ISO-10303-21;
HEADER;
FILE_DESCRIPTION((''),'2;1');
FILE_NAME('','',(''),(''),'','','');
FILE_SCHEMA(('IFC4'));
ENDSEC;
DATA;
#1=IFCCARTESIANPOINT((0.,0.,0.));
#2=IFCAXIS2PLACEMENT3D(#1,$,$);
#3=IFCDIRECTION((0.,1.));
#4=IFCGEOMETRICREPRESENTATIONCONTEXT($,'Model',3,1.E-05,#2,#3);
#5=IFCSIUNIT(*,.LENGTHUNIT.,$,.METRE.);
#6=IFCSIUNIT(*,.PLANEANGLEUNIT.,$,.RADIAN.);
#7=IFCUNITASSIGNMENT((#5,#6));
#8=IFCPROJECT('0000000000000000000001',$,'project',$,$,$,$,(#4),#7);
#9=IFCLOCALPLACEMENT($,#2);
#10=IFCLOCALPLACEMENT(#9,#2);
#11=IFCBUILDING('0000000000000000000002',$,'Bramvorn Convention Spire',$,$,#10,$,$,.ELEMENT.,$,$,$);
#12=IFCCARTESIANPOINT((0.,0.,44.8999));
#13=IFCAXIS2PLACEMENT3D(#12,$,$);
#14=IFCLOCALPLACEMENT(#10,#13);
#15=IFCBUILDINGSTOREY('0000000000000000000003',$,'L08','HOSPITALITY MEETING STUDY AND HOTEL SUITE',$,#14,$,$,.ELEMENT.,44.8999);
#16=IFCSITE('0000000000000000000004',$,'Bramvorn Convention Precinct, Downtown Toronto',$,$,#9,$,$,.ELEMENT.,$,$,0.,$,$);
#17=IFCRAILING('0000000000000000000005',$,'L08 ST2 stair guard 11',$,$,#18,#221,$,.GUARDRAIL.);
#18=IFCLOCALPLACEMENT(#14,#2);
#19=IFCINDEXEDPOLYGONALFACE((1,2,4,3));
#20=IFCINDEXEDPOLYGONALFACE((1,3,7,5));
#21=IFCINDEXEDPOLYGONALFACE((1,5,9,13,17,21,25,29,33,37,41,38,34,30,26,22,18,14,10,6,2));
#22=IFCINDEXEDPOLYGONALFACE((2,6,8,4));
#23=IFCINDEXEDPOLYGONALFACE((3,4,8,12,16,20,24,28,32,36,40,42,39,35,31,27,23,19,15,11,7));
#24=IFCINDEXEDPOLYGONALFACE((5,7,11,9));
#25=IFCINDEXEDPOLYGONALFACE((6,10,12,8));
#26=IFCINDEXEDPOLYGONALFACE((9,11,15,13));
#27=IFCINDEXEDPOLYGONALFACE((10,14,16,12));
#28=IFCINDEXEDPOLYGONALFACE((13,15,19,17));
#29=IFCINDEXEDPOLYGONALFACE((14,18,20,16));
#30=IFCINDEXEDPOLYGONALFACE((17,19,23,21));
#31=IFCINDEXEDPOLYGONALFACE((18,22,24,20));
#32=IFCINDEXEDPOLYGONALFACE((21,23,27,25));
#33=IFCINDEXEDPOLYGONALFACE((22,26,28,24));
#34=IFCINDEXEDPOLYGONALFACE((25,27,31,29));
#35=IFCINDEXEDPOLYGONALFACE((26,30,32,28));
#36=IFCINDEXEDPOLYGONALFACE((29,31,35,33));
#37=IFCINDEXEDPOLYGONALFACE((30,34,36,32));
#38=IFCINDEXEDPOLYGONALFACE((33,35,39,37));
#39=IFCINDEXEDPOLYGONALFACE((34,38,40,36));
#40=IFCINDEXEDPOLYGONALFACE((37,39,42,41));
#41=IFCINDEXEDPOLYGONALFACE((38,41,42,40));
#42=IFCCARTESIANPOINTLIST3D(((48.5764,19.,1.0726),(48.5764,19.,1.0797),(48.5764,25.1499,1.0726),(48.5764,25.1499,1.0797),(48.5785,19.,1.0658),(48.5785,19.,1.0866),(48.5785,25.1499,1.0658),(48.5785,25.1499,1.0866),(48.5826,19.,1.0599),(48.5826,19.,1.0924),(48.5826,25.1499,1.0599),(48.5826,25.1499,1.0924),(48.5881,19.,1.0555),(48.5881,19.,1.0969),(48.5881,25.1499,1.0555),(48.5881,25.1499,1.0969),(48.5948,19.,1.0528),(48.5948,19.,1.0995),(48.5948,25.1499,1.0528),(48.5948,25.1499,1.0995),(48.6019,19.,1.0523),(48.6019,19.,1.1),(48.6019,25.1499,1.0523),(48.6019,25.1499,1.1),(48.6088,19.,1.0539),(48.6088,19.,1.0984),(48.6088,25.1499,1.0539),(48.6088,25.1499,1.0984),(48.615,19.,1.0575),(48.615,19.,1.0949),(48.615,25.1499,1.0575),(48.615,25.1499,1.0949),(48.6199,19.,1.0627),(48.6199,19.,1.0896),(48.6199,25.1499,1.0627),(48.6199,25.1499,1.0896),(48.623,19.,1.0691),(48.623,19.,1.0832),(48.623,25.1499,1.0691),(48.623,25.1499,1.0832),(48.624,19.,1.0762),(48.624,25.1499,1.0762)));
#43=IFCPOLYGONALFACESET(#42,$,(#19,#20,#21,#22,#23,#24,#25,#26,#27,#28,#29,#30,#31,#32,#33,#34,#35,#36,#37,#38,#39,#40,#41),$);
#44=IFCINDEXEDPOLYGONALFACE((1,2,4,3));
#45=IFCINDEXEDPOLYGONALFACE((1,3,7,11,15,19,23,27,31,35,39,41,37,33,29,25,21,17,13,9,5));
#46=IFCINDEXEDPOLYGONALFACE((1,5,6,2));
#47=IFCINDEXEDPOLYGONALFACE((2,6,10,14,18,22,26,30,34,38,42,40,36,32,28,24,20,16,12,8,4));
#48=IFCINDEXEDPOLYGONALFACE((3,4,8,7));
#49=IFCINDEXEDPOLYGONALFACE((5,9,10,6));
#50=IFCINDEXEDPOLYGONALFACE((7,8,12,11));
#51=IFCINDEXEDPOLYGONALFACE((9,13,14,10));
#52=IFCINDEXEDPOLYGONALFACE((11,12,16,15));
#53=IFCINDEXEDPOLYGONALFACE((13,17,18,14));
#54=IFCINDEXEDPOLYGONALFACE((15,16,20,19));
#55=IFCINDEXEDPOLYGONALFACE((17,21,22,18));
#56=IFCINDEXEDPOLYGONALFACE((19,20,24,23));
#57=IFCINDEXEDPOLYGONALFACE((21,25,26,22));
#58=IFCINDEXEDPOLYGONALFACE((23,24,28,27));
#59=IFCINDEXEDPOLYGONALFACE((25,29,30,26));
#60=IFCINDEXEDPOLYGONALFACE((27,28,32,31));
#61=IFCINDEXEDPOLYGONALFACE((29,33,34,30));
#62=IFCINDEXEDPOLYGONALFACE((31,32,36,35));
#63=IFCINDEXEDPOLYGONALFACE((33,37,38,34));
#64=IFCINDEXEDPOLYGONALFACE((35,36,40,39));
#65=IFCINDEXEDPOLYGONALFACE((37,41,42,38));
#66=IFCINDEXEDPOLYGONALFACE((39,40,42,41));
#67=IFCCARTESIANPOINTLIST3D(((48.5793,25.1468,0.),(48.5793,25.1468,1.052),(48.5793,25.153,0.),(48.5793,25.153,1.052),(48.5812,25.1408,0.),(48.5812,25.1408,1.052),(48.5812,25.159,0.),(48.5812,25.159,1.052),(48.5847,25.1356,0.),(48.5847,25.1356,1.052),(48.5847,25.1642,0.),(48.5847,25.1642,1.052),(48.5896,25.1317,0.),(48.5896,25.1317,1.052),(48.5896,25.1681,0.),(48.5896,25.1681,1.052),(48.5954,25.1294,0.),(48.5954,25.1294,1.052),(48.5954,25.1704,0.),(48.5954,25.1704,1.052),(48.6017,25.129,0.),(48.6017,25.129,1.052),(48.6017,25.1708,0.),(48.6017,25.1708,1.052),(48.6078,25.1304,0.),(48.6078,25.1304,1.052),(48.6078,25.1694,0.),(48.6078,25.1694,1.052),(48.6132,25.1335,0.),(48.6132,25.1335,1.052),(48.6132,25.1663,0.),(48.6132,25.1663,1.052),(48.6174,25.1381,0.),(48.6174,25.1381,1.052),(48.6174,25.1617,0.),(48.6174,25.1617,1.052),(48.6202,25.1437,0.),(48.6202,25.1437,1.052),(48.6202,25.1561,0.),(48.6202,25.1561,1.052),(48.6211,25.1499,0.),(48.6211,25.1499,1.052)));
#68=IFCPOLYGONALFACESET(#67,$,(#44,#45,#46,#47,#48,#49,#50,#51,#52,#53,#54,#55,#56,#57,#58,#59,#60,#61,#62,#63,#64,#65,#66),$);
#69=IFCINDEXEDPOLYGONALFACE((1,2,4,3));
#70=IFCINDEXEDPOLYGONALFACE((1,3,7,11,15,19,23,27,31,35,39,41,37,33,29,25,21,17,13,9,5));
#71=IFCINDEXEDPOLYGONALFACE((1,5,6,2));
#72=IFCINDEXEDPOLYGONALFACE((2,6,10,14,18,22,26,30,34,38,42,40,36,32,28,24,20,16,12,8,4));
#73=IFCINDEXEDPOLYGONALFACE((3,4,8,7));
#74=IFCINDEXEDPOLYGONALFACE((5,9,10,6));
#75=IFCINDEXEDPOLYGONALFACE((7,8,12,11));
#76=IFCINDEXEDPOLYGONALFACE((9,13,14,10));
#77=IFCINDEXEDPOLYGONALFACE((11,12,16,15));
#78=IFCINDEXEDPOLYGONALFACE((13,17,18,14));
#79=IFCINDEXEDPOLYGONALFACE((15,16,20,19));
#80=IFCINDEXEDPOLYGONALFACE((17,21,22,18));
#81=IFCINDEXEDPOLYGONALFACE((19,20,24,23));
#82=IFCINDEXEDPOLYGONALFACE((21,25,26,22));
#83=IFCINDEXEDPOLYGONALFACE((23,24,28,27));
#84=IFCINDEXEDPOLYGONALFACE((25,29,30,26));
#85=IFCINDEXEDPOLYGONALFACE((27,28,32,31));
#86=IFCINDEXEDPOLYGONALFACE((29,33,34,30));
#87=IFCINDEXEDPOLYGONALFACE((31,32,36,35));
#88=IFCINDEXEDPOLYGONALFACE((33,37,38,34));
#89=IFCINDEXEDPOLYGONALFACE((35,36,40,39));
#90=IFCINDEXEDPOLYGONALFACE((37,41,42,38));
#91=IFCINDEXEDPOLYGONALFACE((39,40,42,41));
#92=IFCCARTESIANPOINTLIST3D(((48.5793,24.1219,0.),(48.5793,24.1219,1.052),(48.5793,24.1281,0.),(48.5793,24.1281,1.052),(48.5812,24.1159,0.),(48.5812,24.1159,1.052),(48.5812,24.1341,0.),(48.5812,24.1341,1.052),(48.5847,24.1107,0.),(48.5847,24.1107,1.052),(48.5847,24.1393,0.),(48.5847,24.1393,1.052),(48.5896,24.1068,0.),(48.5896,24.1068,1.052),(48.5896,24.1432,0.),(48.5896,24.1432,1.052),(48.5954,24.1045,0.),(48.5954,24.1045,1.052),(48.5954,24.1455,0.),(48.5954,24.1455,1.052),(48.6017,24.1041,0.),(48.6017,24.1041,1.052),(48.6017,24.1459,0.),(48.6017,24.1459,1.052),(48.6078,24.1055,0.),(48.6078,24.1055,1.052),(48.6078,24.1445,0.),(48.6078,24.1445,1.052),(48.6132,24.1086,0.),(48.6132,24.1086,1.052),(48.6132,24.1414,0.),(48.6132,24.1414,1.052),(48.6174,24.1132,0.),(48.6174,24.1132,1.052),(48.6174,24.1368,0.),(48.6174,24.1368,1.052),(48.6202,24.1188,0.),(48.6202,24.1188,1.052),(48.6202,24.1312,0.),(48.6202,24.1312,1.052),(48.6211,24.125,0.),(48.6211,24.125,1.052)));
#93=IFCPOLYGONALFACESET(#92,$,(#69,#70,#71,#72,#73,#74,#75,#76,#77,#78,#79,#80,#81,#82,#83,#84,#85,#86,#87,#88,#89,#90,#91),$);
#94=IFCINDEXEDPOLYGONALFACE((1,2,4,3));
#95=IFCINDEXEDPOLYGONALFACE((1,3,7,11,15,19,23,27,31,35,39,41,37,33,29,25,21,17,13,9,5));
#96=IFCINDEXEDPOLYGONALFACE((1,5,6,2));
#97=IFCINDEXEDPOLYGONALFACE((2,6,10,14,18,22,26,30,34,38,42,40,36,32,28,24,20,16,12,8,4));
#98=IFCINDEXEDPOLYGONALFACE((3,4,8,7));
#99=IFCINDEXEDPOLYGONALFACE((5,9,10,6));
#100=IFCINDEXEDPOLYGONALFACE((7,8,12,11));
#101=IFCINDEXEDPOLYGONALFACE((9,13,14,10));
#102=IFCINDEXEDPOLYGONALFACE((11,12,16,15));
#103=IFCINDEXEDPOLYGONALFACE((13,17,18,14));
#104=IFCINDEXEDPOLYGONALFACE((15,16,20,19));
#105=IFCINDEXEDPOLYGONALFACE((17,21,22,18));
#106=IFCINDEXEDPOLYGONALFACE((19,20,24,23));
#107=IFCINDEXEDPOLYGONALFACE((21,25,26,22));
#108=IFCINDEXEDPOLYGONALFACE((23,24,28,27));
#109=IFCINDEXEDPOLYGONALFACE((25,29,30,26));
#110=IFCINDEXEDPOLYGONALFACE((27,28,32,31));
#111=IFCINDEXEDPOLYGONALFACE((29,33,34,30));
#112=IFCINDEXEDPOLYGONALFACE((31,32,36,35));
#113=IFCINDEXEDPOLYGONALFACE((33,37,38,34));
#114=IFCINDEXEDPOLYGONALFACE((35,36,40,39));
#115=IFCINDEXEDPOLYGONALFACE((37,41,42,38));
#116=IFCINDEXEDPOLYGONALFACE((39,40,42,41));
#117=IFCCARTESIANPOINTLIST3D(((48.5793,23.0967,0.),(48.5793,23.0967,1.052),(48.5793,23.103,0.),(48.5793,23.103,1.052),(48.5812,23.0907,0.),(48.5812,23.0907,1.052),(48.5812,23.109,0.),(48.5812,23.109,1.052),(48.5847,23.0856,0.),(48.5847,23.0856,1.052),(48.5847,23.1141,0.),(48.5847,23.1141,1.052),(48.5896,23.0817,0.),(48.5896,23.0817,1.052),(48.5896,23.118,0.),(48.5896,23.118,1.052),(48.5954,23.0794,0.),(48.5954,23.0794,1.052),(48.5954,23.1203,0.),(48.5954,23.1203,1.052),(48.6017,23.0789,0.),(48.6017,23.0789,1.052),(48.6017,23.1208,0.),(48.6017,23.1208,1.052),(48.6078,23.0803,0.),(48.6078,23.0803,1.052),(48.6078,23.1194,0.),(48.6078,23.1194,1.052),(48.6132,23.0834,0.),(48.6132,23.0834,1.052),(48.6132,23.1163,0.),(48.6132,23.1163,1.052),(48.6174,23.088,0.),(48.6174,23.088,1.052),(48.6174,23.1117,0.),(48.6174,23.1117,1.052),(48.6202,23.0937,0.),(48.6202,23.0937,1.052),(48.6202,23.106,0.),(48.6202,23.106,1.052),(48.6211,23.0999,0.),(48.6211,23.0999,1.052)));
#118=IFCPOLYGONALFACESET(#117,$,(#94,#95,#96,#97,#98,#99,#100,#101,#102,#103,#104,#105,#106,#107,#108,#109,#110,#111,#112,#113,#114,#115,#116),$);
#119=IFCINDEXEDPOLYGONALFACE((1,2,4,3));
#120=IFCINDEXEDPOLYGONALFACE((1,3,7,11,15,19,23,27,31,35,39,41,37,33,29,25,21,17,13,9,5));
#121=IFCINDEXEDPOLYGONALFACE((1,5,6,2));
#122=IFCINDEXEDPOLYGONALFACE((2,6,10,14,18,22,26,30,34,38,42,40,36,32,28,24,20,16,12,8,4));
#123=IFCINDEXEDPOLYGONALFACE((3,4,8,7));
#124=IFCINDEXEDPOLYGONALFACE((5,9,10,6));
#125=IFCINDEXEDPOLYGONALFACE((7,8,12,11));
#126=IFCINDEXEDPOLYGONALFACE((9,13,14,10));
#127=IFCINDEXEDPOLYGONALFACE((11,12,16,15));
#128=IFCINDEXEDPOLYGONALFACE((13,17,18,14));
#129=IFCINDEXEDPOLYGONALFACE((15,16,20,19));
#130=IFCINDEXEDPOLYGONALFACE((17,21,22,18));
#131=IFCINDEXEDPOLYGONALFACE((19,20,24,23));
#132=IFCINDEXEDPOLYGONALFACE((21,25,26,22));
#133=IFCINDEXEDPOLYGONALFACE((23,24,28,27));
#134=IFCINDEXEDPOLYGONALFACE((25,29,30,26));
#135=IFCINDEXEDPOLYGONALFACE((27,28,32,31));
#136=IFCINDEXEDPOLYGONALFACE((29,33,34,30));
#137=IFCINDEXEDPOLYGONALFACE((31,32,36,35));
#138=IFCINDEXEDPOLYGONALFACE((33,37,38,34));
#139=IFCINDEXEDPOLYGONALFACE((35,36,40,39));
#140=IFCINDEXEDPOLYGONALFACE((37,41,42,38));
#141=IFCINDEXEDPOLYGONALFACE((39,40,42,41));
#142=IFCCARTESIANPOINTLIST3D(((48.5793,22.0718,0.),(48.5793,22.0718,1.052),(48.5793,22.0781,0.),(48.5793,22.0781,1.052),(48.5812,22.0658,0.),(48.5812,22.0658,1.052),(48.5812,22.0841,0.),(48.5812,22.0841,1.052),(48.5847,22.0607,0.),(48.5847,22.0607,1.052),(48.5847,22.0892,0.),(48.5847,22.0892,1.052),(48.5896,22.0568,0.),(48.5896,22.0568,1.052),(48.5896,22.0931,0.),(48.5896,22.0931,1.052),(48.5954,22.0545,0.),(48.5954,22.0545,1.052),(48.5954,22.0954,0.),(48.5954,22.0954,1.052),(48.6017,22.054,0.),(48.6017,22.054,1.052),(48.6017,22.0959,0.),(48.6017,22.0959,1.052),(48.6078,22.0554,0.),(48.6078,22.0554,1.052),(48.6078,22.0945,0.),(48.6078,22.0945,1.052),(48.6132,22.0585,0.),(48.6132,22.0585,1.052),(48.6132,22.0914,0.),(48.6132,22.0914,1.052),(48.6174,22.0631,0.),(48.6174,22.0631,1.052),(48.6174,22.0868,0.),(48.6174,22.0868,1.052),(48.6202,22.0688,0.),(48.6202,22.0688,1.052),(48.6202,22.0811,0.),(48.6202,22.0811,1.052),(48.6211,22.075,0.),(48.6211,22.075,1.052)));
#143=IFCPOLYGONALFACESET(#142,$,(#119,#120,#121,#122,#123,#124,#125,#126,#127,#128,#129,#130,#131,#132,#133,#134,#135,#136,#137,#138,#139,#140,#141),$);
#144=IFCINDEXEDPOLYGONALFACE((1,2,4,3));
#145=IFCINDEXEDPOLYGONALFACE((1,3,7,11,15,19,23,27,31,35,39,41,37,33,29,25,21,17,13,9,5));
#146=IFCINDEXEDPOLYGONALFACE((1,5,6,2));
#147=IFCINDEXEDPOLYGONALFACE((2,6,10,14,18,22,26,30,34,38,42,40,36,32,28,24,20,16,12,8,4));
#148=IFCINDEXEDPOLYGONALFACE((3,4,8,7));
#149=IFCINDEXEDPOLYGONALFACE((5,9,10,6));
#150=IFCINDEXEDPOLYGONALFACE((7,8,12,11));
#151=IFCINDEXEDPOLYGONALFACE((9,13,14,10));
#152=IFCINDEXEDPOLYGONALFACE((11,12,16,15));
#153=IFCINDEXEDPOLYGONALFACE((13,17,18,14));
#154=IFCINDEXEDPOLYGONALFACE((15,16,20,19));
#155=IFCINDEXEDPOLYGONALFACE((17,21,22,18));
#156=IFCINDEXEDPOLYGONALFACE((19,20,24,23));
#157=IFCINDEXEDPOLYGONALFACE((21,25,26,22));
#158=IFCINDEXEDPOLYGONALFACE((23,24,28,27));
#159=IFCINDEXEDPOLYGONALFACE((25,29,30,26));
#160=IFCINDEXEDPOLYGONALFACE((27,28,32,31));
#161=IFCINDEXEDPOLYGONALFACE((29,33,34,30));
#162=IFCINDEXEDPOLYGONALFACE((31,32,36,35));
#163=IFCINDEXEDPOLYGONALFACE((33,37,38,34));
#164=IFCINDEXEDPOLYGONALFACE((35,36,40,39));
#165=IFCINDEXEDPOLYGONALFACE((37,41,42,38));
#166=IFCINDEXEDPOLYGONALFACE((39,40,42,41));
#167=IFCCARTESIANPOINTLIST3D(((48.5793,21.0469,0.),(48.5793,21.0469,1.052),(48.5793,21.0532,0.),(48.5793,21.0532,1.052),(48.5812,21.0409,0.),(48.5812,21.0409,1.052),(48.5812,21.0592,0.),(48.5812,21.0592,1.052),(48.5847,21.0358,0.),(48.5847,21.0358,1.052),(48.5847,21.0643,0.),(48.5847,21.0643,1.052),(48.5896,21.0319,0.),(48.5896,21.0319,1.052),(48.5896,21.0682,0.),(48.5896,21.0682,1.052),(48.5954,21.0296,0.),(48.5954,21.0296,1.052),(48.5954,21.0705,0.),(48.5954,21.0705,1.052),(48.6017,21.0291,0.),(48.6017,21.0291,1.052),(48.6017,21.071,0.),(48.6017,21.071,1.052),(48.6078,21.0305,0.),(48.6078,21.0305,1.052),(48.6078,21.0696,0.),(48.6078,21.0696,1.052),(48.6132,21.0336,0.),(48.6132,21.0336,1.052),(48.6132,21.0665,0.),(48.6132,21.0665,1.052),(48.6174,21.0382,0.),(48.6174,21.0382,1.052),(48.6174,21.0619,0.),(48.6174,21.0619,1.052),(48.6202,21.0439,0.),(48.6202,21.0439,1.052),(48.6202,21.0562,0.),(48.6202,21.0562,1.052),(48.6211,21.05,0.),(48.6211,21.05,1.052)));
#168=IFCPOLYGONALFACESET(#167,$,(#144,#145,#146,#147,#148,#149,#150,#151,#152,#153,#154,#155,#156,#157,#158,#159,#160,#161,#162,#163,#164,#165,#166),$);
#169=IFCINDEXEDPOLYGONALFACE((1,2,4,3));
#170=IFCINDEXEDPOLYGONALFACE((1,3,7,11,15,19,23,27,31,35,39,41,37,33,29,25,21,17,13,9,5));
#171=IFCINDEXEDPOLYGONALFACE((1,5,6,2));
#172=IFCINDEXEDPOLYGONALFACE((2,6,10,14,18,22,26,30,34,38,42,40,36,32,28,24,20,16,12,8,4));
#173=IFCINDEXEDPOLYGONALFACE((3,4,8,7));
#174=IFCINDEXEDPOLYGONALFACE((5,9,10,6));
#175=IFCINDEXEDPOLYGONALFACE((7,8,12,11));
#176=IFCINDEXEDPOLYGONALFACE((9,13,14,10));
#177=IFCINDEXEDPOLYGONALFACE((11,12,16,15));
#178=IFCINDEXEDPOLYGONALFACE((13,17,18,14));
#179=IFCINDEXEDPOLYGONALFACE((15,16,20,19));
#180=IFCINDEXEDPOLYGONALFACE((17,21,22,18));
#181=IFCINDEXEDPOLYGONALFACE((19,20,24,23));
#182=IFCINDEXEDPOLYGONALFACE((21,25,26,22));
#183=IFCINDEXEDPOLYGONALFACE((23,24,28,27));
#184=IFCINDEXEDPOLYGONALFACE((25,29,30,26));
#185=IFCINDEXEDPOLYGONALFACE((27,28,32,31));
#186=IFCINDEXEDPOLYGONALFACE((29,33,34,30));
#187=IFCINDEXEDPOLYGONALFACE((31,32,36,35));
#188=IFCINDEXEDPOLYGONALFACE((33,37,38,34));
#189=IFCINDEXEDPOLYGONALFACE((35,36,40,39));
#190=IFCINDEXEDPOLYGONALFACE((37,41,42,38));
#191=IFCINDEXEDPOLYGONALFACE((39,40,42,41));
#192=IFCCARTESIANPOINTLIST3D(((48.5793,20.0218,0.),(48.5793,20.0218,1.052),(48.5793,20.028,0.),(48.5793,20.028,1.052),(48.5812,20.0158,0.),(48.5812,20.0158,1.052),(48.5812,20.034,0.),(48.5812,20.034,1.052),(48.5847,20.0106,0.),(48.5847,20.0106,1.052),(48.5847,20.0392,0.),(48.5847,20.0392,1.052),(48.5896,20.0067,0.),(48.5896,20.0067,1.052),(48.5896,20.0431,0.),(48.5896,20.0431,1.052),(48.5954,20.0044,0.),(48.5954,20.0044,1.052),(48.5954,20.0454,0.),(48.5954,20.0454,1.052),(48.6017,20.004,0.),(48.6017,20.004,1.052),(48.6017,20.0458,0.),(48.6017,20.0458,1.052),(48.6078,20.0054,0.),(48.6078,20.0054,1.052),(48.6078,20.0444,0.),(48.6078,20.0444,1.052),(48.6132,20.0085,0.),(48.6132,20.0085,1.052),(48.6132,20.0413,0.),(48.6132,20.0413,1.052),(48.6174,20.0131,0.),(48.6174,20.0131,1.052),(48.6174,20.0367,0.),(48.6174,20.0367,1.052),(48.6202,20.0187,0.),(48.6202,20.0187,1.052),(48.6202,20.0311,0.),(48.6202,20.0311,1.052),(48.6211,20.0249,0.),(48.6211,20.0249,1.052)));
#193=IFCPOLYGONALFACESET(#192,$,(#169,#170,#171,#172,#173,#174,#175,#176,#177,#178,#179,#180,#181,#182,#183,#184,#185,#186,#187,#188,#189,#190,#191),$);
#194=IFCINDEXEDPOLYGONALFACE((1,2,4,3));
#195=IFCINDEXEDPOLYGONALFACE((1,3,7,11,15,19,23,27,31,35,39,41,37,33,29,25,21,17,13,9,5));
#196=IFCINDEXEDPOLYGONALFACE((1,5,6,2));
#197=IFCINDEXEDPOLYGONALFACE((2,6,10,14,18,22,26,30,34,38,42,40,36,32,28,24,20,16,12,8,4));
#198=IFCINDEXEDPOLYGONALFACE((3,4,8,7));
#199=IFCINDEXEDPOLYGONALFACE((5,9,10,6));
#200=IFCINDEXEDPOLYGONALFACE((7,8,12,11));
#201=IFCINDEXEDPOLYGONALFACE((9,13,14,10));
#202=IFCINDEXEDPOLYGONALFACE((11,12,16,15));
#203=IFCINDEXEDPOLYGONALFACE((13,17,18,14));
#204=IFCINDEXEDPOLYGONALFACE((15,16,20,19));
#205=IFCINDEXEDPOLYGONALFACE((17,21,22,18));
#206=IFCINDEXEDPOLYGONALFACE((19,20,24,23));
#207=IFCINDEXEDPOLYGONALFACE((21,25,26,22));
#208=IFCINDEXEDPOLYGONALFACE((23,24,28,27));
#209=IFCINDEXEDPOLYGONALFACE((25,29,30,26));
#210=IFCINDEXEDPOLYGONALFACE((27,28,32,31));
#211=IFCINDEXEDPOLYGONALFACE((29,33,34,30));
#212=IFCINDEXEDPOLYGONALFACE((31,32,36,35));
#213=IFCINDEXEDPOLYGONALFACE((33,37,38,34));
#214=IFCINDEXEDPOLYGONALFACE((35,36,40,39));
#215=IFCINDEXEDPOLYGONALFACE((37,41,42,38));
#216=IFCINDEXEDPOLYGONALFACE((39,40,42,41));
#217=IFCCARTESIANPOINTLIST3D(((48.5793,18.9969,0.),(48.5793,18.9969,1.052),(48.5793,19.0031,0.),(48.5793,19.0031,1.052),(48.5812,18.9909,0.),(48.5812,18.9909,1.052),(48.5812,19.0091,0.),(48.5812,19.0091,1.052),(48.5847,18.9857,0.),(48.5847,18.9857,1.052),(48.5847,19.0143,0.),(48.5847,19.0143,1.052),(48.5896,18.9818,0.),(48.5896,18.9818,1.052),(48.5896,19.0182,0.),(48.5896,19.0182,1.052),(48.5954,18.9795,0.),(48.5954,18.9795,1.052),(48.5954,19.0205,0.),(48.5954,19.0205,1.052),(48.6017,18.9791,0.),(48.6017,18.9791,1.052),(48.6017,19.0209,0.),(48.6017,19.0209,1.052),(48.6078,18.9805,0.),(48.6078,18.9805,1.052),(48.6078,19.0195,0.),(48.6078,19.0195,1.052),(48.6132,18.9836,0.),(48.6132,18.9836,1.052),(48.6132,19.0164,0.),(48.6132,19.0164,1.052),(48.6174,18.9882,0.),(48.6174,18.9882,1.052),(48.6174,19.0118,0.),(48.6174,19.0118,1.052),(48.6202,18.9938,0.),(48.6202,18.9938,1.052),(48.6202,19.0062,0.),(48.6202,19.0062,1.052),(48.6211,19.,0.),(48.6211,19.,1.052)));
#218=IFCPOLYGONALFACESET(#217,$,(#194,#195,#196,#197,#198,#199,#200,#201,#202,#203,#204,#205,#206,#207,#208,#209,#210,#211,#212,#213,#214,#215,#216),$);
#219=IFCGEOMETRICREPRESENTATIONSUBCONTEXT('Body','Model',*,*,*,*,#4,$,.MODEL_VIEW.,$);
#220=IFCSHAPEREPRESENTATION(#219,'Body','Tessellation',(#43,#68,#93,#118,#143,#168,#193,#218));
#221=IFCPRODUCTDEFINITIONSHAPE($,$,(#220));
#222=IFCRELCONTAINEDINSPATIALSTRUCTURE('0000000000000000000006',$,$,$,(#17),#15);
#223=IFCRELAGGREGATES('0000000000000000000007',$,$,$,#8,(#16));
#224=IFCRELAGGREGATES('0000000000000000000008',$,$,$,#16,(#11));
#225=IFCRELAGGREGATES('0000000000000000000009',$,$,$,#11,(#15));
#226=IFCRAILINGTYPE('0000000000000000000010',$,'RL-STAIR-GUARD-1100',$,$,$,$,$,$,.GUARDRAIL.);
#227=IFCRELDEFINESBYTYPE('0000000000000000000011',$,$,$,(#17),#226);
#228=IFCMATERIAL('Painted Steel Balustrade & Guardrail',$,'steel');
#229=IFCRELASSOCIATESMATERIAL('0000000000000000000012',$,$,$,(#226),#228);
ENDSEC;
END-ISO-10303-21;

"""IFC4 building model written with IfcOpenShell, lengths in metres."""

from ifc_helpers import new_model, si_unit, direction, frame, origin, origin_2d, place, context, subcontext, project, spatial, circle, extrude, material, type_object, element, save


model = new_model("IFC4")

# Units and contexts
model_context = context("Model", 3, precision=1e-05, world=origin(), true_north=direction((0.0, 1.0)))
body_context = subcontext(model_context, "Body", "Model", "MODEL_VIEW")
ifc_project = project(units=[si_unit("LENGTHUNIT", "METRE"), si_unit("PLANEANGLEUNIT", "RADIAN")], contexts=[model_context])

# Site, building, storey
site_placement = place(None, origin())
site = spatial("IfcSite", under=ifc_project, at=site_placement, Name="Bramvorn Convention Precinct, Downtown Toronto", CompositionType="ELEMENT", RefElevation=0.0)
building_placement = place(site_placement, origin())
building = spatial("IfcBuilding", under=site, at=building_placement, Name="Bramvorn Convention Spire", CompositionType="ELEMENT")
storey_placement = place(building_placement, frame((0.0, 0.0, 44.8999)))
storey = spatial("IfcBuildingStorey", under=building, at=storey_placement, Name="L08", Description="HOSPITALITY MEETING STUDY AND HOTEL SUITE", CompositionType="ELEMENT", Elevation=44.8999)

# Railing
ifc_material_1 = material(Name="Painted Steel Balustrade & Guardrail", Category="steel")
railing_type_1 = type_object("IfcRailingType", Name="RL-STAIR-GUARD-1100", PredefinedType="GUARDRAIL", material=ifc_material_1)
railing_1_placement = place(storey_placement, frame((48.6001, 25.1499, 0.0)))
element("IfcRailing", 1, at=railing_1_placement, inside=storey, type_object=railing_type_1, Name="L08 ST2 stair guard 11", PredefinedType="GUARDRAIL", context=body_context, shape_type="SweptSolid", body=[
    extrude(circle(Radius=0.0239, at=origin_2d()), frame((0.0, 0.0, 1.0762), z_axis=(0.0, -1.0, 0.0), x_axis=(1.0, 0.0, 0.0)), (0.0, 0.0, 1.0), 6.1499),
    extrude(circle(Radius=0.021, at=origin_2d()), origin(), (0.0, 0.0, 1.0), 1.052),
    extrude(circle(Radius=0.021, at=origin_2d()), frame((0.0, -1.0249, 0.0)), (0.0, 0.0, 1.0), 1.052),
    extrude(circle(Radius=0.021, at=origin_2d()), frame((0.0, -2.05, 0.0)), (0.0, 0.0, 1.0), 1.052),
    extrude(circle(Radius=0.021, at=origin_2d()), frame((0.0, -3.075, 0.0)), (0.0, 0.0, 1.0), 1.052),
    extrude(circle(Radius=0.021, at=origin_2d()), frame((0.0, -4.0999, 0.0)), (0.0, 0.0, 1.0), 1.052),
    extrude(circle(Radius=0.021, at=origin_2d()), frame((0.0, -5.125, 0.0)), (0.0, 0.0, 1.0), 1.052),
    extrude(circle(Radius=0.021, at=origin_2d()), frame((0.0, -6.1499, 0.0)), (0.0, 0.0, 1.0), 1.052),
])

save(model, "model.ifc")
